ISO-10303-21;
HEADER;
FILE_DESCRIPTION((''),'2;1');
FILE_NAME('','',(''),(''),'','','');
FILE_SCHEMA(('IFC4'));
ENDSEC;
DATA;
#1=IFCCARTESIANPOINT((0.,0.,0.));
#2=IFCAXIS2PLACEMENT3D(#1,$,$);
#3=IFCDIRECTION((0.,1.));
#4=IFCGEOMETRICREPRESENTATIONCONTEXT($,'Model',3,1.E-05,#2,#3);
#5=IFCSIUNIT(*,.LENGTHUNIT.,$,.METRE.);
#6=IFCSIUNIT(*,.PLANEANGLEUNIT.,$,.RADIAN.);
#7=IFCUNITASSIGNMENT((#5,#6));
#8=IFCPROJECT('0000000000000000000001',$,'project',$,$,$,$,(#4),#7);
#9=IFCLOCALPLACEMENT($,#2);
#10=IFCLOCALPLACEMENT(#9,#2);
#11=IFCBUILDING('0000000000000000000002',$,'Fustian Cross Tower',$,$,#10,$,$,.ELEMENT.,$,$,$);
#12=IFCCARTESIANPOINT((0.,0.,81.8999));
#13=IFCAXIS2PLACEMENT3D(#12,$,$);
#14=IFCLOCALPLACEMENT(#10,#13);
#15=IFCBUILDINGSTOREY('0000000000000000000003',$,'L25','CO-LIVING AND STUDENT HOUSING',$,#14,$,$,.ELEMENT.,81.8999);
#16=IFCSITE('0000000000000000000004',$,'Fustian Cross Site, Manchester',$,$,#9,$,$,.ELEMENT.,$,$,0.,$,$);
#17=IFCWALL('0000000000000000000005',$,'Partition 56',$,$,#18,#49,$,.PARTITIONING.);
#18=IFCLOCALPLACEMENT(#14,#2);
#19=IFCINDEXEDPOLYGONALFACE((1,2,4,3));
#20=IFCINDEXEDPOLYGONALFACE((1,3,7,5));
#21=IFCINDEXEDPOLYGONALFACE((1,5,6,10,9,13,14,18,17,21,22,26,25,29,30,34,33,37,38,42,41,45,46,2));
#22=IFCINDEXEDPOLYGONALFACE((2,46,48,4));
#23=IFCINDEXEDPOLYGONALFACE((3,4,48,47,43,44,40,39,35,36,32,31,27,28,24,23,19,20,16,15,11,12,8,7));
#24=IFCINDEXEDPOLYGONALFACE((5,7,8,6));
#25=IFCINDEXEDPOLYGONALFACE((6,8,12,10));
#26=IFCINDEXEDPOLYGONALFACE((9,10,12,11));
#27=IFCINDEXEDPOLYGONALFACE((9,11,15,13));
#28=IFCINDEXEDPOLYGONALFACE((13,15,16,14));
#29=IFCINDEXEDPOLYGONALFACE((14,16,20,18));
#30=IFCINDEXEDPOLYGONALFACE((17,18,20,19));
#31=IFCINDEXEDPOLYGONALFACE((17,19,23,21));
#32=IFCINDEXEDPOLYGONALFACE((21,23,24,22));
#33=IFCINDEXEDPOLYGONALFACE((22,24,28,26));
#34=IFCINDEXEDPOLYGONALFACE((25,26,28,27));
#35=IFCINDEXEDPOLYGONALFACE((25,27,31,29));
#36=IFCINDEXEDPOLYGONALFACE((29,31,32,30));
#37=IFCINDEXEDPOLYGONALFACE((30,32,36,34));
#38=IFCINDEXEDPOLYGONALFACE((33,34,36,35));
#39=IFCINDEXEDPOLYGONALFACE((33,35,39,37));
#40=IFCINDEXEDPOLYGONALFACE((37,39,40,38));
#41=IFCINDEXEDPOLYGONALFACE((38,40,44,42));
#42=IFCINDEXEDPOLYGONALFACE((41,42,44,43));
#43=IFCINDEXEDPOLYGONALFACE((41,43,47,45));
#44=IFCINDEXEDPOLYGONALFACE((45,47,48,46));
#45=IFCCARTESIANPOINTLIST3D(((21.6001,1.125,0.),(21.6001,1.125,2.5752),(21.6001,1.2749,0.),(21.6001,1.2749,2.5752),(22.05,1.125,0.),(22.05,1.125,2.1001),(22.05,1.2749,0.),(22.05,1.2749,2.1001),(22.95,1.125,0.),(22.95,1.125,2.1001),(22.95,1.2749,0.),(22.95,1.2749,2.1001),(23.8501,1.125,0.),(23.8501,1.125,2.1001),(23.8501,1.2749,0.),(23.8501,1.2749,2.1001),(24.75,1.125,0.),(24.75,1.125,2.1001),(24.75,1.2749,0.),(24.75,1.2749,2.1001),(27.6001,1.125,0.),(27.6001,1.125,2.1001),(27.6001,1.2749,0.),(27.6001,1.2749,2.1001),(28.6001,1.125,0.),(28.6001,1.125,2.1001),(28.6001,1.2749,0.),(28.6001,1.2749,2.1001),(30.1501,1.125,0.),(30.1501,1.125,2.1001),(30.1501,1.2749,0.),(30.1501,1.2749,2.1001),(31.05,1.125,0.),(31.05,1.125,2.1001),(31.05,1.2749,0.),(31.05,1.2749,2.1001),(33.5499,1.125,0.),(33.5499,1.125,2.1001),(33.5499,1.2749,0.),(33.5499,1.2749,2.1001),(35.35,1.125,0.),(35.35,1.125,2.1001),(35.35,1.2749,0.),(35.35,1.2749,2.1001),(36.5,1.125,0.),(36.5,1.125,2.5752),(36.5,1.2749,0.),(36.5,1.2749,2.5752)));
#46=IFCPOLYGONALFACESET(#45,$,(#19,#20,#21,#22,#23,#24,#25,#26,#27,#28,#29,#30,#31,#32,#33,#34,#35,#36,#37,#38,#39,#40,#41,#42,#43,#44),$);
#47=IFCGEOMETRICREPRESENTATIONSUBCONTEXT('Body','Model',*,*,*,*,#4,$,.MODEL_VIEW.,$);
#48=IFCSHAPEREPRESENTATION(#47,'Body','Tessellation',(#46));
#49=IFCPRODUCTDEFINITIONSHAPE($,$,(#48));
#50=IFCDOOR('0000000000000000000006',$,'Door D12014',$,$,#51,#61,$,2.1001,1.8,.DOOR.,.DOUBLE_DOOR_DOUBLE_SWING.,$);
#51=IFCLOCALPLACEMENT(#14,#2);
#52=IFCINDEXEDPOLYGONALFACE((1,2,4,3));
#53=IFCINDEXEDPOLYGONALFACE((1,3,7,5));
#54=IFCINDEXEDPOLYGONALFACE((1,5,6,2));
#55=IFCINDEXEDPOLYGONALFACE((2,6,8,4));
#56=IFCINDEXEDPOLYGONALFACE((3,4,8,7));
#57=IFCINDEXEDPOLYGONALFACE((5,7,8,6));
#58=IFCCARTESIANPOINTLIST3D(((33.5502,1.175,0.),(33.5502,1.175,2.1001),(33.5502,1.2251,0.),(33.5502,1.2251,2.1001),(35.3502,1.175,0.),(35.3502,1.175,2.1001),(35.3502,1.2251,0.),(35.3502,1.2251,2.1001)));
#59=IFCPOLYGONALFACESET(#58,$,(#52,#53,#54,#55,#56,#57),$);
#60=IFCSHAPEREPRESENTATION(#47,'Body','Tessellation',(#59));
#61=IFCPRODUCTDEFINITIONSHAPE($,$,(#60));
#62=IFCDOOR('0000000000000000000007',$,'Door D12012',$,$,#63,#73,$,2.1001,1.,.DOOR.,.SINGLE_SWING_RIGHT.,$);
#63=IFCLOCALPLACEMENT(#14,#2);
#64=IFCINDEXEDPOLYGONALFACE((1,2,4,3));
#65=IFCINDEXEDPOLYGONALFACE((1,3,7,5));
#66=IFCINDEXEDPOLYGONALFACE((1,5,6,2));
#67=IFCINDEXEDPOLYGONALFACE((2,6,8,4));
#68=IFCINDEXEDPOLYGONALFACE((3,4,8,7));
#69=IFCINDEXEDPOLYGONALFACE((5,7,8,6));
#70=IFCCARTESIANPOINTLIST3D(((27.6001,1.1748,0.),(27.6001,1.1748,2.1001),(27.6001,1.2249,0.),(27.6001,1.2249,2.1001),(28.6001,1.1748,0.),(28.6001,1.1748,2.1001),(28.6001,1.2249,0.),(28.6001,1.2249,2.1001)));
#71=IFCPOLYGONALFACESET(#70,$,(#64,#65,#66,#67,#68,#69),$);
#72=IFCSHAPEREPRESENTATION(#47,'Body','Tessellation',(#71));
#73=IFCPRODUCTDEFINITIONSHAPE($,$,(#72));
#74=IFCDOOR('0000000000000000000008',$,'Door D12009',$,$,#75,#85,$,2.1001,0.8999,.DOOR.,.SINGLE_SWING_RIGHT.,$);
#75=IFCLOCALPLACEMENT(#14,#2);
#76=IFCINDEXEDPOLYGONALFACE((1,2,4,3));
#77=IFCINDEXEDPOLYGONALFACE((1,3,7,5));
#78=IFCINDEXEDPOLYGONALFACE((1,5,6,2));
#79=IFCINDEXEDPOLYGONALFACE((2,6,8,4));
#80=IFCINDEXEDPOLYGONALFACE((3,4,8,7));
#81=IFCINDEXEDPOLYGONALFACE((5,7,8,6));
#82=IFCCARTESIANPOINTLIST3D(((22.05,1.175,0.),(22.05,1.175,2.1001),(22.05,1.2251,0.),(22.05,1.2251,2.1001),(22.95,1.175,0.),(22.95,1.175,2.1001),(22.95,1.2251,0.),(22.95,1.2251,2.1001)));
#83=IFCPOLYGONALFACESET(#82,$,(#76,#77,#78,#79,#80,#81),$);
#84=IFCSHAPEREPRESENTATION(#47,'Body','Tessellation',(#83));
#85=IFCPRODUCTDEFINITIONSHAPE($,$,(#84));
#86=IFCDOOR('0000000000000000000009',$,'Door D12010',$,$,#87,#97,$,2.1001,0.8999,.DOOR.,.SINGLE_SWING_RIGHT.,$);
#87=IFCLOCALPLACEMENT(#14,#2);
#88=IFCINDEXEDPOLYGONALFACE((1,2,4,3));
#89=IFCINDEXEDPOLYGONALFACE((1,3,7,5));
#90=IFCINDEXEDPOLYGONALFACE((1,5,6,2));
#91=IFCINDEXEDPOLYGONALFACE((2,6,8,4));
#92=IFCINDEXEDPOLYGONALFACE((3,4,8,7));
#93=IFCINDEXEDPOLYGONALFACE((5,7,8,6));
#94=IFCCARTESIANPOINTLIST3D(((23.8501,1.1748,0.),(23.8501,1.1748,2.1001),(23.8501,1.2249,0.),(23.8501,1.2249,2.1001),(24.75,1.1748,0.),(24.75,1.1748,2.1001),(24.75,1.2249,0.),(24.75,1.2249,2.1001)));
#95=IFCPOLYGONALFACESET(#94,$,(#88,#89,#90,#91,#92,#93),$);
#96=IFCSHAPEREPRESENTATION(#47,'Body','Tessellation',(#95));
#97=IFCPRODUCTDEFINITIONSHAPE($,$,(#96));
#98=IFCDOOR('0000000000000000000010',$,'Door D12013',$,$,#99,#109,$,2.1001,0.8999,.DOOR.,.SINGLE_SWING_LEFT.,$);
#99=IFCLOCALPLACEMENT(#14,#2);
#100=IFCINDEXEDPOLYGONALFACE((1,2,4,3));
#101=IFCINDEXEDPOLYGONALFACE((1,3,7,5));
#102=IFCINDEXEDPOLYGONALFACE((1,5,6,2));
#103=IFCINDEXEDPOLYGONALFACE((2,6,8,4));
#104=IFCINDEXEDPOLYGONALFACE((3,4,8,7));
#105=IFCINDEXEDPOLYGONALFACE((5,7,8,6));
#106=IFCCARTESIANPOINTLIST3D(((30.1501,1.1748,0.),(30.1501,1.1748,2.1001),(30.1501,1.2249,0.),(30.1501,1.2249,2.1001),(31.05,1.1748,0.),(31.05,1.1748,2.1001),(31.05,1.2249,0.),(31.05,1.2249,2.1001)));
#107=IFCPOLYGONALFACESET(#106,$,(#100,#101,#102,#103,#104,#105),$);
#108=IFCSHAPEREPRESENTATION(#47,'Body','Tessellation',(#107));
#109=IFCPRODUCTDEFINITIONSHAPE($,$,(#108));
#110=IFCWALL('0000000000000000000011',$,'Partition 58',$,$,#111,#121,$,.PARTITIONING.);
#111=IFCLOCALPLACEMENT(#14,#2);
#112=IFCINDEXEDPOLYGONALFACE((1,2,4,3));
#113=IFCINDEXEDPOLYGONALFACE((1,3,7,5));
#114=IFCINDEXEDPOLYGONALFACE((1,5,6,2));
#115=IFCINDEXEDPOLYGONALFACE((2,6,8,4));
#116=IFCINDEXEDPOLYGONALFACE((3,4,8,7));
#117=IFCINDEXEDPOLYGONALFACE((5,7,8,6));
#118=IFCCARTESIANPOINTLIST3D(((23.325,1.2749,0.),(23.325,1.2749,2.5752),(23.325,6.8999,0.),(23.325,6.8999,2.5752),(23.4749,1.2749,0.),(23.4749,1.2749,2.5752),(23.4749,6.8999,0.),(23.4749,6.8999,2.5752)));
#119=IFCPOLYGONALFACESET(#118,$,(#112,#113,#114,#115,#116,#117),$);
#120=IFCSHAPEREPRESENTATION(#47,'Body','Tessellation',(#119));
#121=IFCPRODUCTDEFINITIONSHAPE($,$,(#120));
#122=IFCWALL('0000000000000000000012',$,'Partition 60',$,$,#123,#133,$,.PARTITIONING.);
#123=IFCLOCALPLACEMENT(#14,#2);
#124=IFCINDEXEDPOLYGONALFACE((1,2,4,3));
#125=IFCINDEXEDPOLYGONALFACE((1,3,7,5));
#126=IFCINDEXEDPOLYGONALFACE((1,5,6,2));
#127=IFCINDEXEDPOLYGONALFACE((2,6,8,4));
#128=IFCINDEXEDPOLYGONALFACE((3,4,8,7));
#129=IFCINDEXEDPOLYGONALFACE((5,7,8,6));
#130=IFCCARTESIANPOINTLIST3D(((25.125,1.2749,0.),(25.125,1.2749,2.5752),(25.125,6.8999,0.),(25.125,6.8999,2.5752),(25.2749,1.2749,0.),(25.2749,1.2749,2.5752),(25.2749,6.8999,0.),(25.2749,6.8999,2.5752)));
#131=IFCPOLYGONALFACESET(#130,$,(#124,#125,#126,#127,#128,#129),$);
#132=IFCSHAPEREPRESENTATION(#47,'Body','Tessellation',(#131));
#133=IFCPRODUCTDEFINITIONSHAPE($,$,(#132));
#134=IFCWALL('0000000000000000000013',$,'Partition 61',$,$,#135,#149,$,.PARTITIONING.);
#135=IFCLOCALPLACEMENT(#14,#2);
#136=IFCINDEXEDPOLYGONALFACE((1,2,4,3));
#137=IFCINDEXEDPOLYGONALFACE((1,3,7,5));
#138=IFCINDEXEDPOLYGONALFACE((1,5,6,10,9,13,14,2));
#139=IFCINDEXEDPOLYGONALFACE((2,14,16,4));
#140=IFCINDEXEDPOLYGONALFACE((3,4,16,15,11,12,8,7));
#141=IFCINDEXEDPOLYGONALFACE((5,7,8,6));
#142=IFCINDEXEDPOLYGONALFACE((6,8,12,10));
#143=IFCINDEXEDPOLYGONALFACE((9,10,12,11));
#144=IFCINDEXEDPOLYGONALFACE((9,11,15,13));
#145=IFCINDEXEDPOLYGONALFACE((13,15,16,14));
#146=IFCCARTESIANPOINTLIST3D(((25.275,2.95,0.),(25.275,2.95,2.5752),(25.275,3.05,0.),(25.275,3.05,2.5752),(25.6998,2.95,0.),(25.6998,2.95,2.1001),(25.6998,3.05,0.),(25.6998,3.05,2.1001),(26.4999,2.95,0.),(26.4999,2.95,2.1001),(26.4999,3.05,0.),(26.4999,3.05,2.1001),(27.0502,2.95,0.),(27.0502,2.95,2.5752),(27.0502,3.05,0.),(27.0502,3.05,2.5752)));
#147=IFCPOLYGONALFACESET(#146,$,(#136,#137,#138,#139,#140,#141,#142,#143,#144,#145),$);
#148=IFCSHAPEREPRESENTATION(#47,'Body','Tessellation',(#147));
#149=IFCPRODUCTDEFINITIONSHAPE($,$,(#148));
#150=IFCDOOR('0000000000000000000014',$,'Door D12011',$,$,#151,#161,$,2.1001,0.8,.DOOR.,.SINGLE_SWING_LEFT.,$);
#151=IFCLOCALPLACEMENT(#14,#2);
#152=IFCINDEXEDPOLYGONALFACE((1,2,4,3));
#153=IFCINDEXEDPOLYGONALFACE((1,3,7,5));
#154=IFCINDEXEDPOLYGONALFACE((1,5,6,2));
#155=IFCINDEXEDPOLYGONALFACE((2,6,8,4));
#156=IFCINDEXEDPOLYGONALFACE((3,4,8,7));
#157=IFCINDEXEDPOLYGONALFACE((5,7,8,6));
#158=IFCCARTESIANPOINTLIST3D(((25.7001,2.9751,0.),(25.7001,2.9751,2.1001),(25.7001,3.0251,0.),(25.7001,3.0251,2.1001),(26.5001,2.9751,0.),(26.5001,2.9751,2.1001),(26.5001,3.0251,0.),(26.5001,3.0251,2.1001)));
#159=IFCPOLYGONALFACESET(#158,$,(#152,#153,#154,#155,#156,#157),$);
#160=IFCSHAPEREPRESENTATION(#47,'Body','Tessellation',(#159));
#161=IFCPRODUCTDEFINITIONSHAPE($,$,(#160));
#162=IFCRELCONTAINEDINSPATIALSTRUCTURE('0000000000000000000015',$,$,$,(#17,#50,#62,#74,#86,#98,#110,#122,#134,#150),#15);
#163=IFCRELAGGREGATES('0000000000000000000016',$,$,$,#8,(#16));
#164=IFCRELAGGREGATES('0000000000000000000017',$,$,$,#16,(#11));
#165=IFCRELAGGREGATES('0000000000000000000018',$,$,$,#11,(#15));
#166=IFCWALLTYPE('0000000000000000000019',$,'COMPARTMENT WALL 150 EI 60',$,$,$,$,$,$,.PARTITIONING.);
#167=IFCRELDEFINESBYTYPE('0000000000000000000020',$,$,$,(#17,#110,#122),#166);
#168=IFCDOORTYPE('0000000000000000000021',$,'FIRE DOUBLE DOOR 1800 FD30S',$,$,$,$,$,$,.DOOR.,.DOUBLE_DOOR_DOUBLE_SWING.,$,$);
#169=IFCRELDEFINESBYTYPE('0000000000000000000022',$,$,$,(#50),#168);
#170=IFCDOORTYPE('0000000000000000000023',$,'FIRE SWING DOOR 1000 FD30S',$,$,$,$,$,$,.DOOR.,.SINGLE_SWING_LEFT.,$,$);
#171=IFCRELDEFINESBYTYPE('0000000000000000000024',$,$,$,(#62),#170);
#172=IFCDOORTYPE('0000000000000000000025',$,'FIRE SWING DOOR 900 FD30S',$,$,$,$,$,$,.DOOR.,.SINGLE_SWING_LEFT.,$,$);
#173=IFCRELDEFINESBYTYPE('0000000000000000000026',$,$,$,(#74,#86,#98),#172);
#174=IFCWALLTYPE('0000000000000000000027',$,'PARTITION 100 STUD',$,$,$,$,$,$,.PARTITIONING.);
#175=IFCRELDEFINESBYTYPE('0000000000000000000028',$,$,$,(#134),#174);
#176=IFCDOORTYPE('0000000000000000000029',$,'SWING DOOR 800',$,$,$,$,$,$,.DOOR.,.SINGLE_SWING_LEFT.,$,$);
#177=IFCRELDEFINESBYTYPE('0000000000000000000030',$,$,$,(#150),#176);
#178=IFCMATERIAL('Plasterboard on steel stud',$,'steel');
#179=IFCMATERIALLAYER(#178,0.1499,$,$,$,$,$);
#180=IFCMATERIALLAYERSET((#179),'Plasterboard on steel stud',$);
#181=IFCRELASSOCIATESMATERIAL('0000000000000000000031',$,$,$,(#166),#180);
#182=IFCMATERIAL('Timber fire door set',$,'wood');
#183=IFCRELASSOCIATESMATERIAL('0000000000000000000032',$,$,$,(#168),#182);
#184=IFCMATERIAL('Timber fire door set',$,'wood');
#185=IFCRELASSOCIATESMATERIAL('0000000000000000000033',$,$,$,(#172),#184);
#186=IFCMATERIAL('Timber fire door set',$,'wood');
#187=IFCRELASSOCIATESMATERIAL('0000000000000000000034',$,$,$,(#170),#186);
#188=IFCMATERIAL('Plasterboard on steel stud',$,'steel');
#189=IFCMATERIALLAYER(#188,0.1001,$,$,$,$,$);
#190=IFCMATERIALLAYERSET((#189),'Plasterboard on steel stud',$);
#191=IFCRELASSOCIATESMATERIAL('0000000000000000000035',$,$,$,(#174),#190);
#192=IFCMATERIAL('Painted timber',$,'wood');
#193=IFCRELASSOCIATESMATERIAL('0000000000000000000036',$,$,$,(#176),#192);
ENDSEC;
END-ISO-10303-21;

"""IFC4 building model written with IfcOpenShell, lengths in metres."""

from ifc_helpers import new_model, si_unit, direction, frame, frame_2d, origin, place, context, subcontext, project, spatial, rectangle, extrude, material, layer, layer_set, type_object, element, fill, save


model = new_model("IFC4")

# Units and contexts
model_context = context("Model", 3, precision=1e-05, world=origin(), true_north=direction((0.0, 1.0)))
body_context = subcontext(model_context, "Body", "Model", "MODEL_VIEW")
ifc_project = project(units=[si_unit("LENGTHUNIT", "METRE"), si_unit("PLANEANGLEUNIT", "RADIAN")], contexts=[model_context])

# Site, building, storey
site_placement = place(None, origin())
site = spatial("IfcSite", under=ifc_project, at=site_placement, Name="Fustian Cross Site, Manchester", CompositionType="ELEMENT", RefElevation=0.0)
building_placement = place(site_placement, origin())
building = spatial("IfcBuilding", under=site, at=building_placement, Name="Fustian Cross Tower", CompositionType="ELEMENT")
storey_placement = place(building_placement, frame((0.0, 0.0, 81.8999)))
storey = spatial("IfcBuildingStorey", under=building, at=storey_placement, Name="L25", Description="CO-LIVING AND STUDENT HOUSING", CompositionType="ELEMENT", Elevation=81.8999)

# Wall, openings, doors
ifc_material_1 = material(Name="Plasterboard on steel stud", Category="steel")
ifc_layer_1 = layer(ifc_material_1, 0.1499)
ifc_layer_set_1 = layer_set([ifc_layer_1], Name="Plasterboard on steel stud")
wall_type_1 = type_object("IfcWallType", Name="COMPARTMENT WALL 150 EI 60", PredefinedType="PARTITIONING", material=ifc_layer_set_1)
ifc_material_2 = material(Name="Timber fire door set", Category="wood")
door_type_1 = type_object("IfcDoorType", Name="FIRE DOUBLE DOOR 1800 FD30S", OperationType="DOUBLE_DOOR_DOUBLE_SWING", PredefinedType="DOOR", material=ifc_material_2)
ifc_material_3 = material(Name="Timber fire door set", Category="wood")
door_type_2 = type_object("IfcDoorType", Name="FIRE SWING DOOR 900 FD30S", OperationType="SINGLE_SWING_LEFT", PredefinedType="DOOR", material=ifc_material_3)
wall_1_placement = place(storey_placement, frame((21.6001, 1.2, 0.0), z_axis=(0.0, 0.0, 1.0), x_axis=(1.0, 0.0, 0.0)))
wall_1 = element("IfcWall", 1, at=wall_1_placement, inside=storey, type_object=wall_type_1, Name="Partition 56", PredefinedType="PARTITIONING", context=body_context, shape_type="SweptSolid", body=[
    extrude(rectangle(XDim=14.8999, YDim=0.1499, at=frame_2d((7.45, 0.0))), origin(), (0.0, 0.0, 1.0), 2.5752),
])
opening_1_placement = place(wall_1_placement, frame((0.45, 0.0, 0.0)))
opening_1 = element("IfcOpeningElement", 2, at=opening_1_placement, cuts=wall_1, PredefinedType="OPENING", context=body_context, shape_type="SweptSolid", body=[
    extrude(rectangle(XDim=0.8999, YDim=2.1001, at=frame_2d((0.45, 1.05))), frame((0.0, 0.085, 0.0), z_axis=(0.0, -1.0, 0.0), x_axis=(1.0, 0.0, 0.0)), (0.0, 0.0, 1.0), 0.1699),
])
opening_2_placement = place(wall_1_placement, frame((2.25, 0.0, 0.0)))
opening_2 = element("IfcOpeningElement", 3, at=opening_2_placement, cuts=wall_1, PredefinedType="OPENING", context=body_context, shape_type="SweptSolid", body=[
    extrude(rectangle(XDim=0.8999, YDim=2.1001, at=frame_2d((0.45, 1.05))), frame((0.0, 0.085, 0.0), z_axis=(0.0, -1.0, 0.0), x_axis=(1.0, 0.0, 0.0)), (0.0, 0.0, 1.0), 0.1699),
])
opening_3_placement = place(wall_1_placement, frame((6.0, 0.0, 0.0)))
opening_3 = element("IfcOpeningElement", 4, at=opening_3_placement, cuts=wall_1, PredefinedType="OPENING", context=body_context, shape_type="SweptSolid", body=[
    extrude(rectangle(XDim=1.0, YDim=2.1001, at=frame_2d((0.5, 1.05))), frame((0.0, 0.085, 0.0), z_axis=(0.0, -1.0, 0.0), x_axis=(1.0, 0.0, 0.0)), (0.0, 0.0, 1.0), 0.1699),
])
opening_4_placement = place(wall_1_placement, frame((8.55, 0.0, 0.0)))
opening_4 = element("IfcOpeningElement", 5, at=opening_4_placement, cuts=wall_1, PredefinedType="OPENING", context=body_context, shape_type="SweptSolid", body=[
    extrude(rectangle(XDim=0.8999, YDim=2.1001, at=frame_2d((0.45, 1.05))), frame((0.0, 0.085, 0.0), z_axis=(0.0, -1.0, 0.0), x_axis=(1.0, 0.0, 0.0)), (0.0, 0.0, 1.0), 0.1699),
])
opening_5_placement = place(wall_1_placement, frame((11.95, 0.0, 0.0)))
opening_5 = element("IfcOpeningElement", 6, at=opening_5_placement, cuts=wall_1, PredefinedType="OPENING", context=body_context, shape_type="SweptSolid", body=[
    extrude(rectangle(XDim=1.8, YDim=2.1001, at=frame_2d((0.8999, 1.05))), frame((0.0, 0.085, 0.0), z_axis=(0.0, -1.0, 0.0), x_axis=(1.0, 0.0, 0.0)), (0.0, 0.0, 1.0), 0.1699),
])
door_1_placement = place(opening_5_placement, frame((1.8, 0.0, 0.0), z_axis=(0.0, 0.0, 1.0), x_axis=(-1.0, 0.0, 0.0)))
door_1 = element("IfcDoor", 7, at=door_1_placement, inside=storey, type_object=door_type_1, Name="Door D12014", OperationType="DOUBLE_DOOR_DOUBLE_SWING", OverallHeight=2.1001, OverallWidth=1.8, PredefinedType="DOOR", context=body_context, shape_type="SweptSolid", body=[
    extrude(rectangle(XDim=1.8, YDim=2.1001, at=frame_2d((0.8999, 1.05))), frame((0.0, 0.0249, 0.0), z_axis=(0.0, -1.0, 0.0), x_axis=(1.0, 0.0, 0.0)), (0.0, 0.0, 1.0), 0.05),
])
fill(opening_5, door_1)
ifc_material_4 = material(Name="Timber fire door set", Category="wood")
door_type_3 = type_object("IfcDoorType", Name="FIRE SWING DOOR 1000 FD30S", OperationType="SINGLE_SWING_LEFT", PredefinedType="DOOR", material=ifc_material_4)
door_2_placement = place(opening_3_placement, origin())
door_2 = element("IfcDoor", 8, at=door_2_placement, inside=storey, type_object=door_type_3, Name="Door D12012", OperationType="SINGLE_SWING_RIGHT", OverallHeight=2.1001, OverallWidth=1.0, PredefinedType="DOOR", context=body_context, shape_type="SweptSolid", body=[
    extrude(rectangle(XDim=1.0, YDim=2.1001, at=frame_2d((0.5, 1.05))), frame((0.0, 0.0249, 0.0), z_axis=(0.0, -1.0, 0.0), x_axis=(1.0, 0.0, 0.0)), (0.0, 0.0, 1.0), 0.05),
])
fill(opening_3, door_2)
door_3_placement = place(opening_1_placement, frame((0.8999, 0.0, 0.0), z_axis=(0.0, 0.0, 1.0), x_axis=(-1.0, 0.0, 0.0)))
door_3 = element("IfcDoor", 9, at=door_3_placement, inside=storey, type_object=door_type_2, Name="Door D12009", OperationType="SINGLE_SWING_RIGHT", OverallHeight=2.1001, OverallWidth=0.8999, PredefinedType="DOOR", context=body_context, shape_type="SweptSolid", body=[
    extrude(rectangle(XDim=0.8999, YDim=2.1001, at=frame_2d((0.45, 1.05))), frame((0.0, 0.0249, 0.0), z_axis=(0.0, -1.0, 0.0), x_axis=(1.0, 0.0, 0.0)), (0.0, 0.0, 1.0), 0.05),
])
fill(opening_1, door_3)
door_4_placement = place(opening_2_placement, origin())
door_4 = element("IfcDoor", 10, at=door_4_placement, inside=storey, type_object=door_type_2, Name="Door D12010", OperationType="SINGLE_SWING_RIGHT", OverallHeight=2.1001, OverallWidth=0.8999, PredefinedType="DOOR", context=body_context, shape_type="SweptSolid", body=[
    extrude(rectangle(XDim=0.8999, YDim=2.1001, at=frame_2d((0.45, 1.05))), frame((0.0, 0.0249, 0.0), z_axis=(0.0, -1.0, 0.0), x_axis=(1.0, 0.0, 0.0)), (0.0, 0.0, 1.0), 0.05),
])
fill(opening_2, door_4)
door_5_placement = place(opening_4_placement, origin())
door_5 = element("IfcDoor", 11, at=door_5_placement, inside=storey, type_object=door_type_2, Name="Door D12013", OperationType="SINGLE_SWING_LEFT", OverallHeight=2.1001, OverallWidth=0.8999, PredefinedType="DOOR", context=body_context, shape_type="SweptSolid", body=[
    extrude(rectangle(XDim=0.8999, YDim=2.1001, at=frame_2d((0.45, 1.05))), frame((0.0, 0.0249, 0.0), z_axis=(0.0, -1.0, 0.0), x_axis=(1.0, 0.0, 0.0)), (0.0, 0.0, 1.0), 0.05),
])
fill(opening_4, door_5)

# Walls
for number, where, z_axis, x_axis, name in (
    (12, (23.3999, 1.2749, 0.0), (0.0, 0.0, 1.0), (0.0, 1.0, 0.0), "Partition 58"),
    (13, (25.2, 1.2749, 0.0), (0.0, 0.0, 1.0), (0.0, 1.0, 0.0), "Partition 60"),
):
    element("IfcWall", number, at=place(storey_placement, frame(where, z_axis=z_axis, x_axis=x_axis)), inside=storey, type_object=wall_type_1, Name=name, PredefinedType="PARTITIONING", context=body_context, shape_type="SweptSolid", body=[
        extrude(rectangle(XDim=5.625, YDim=0.1499, at=frame_2d((2.8125, 0.0))), origin(), (0.0, 0.0, 1.0), 2.5752),
    ])

# Wall, opening, door
ifc_material_5 = material(Name="Plasterboard on steel stud", Category="steel")
ifc_layer_2 = layer(ifc_material_5, 0.1001)
ifc_layer_set_2 = layer_set([ifc_layer_2], Name="Plasterboard on steel stud")
wall_type_2 = type_object("IfcWallType", Name="PARTITION 100 STUD", PredefinedType="PARTITIONING", material=ifc_layer_set_2)
wall_2_placement = place(storey_placement, frame((25.2749, 3.0, 0.0), z_axis=(0.0, 0.0, 1.0), x_axis=(1.0, 0.0, 0.0)))
wall_2 = element("IfcWall", 14, at=wall_2_placement, inside=storey, type_object=wall_type_2, Name="Partition 61", PredefinedType="PARTITIONING", context=body_context, shape_type="SweptSolid", body=[
    extrude(rectangle(XDim=1.7751, YDim=0.1001, at=frame_2d((0.8877, 0.0))), origin(), (0.0, 0.0, 1.0), 2.5752),
])
opening_6_placement = place(wall_2_placement, frame((0.425, 0.0, 0.0)))
opening_6 = element("IfcOpeningElement", 15, at=opening_6_placement, cuts=wall_2, PredefinedType="OPENING", context=body_context, shape_type="SweptSolid", body=[
    extrude(rectangle(XDim=0.8, YDim=2.1001, at=frame_2d((0.3999, 1.05))), frame((0.0, 0.0601, 0.0), z_axis=(0.0, -1.0, 0.0), x_axis=(1.0, 0.0, 0.0)), (0.0, 0.0, 1.0), 0.1201),
])
ifc_material_6 = material(Name="Painted timber", Category="wood")
door_type_4 = type_object("IfcDoorType", Name="SWING DOOR 800", OperationType="SINGLE_SWING_LEFT", PredefinedType="DOOR", material=ifc_material_6)
door_6_placement = place(opening_6_placement, frame((0.8, 0.0, 0.0), z_axis=(0.0, 0.0, 1.0), x_axis=(-1.0, 0.0, 0.0)))
door_6 = element("IfcDoor", 16, at=door_6_placement, inside=storey, type_object=door_type_4, Name="Door D12011", OperationType="SINGLE_SWING_LEFT", OverallHeight=2.1001, OverallWidth=0.8, PredefinedType="DOOR", context=body_context, shape_type="SweptSolid", body=[
    extrude(rectangle(XDim=0.8, YDim=2.1001, at=frame_2d((0.3999, 1.05))), frame((0.0, 0.0249, 0.0), z_axis=(0.0, -1.0, 0.0), x_axis=(1.0, 0.0, 0.0)), (0.0, 0.0, 1.0), 0.05),
])
fill(opening_6, door_6)

save(model, "model.ifc")
